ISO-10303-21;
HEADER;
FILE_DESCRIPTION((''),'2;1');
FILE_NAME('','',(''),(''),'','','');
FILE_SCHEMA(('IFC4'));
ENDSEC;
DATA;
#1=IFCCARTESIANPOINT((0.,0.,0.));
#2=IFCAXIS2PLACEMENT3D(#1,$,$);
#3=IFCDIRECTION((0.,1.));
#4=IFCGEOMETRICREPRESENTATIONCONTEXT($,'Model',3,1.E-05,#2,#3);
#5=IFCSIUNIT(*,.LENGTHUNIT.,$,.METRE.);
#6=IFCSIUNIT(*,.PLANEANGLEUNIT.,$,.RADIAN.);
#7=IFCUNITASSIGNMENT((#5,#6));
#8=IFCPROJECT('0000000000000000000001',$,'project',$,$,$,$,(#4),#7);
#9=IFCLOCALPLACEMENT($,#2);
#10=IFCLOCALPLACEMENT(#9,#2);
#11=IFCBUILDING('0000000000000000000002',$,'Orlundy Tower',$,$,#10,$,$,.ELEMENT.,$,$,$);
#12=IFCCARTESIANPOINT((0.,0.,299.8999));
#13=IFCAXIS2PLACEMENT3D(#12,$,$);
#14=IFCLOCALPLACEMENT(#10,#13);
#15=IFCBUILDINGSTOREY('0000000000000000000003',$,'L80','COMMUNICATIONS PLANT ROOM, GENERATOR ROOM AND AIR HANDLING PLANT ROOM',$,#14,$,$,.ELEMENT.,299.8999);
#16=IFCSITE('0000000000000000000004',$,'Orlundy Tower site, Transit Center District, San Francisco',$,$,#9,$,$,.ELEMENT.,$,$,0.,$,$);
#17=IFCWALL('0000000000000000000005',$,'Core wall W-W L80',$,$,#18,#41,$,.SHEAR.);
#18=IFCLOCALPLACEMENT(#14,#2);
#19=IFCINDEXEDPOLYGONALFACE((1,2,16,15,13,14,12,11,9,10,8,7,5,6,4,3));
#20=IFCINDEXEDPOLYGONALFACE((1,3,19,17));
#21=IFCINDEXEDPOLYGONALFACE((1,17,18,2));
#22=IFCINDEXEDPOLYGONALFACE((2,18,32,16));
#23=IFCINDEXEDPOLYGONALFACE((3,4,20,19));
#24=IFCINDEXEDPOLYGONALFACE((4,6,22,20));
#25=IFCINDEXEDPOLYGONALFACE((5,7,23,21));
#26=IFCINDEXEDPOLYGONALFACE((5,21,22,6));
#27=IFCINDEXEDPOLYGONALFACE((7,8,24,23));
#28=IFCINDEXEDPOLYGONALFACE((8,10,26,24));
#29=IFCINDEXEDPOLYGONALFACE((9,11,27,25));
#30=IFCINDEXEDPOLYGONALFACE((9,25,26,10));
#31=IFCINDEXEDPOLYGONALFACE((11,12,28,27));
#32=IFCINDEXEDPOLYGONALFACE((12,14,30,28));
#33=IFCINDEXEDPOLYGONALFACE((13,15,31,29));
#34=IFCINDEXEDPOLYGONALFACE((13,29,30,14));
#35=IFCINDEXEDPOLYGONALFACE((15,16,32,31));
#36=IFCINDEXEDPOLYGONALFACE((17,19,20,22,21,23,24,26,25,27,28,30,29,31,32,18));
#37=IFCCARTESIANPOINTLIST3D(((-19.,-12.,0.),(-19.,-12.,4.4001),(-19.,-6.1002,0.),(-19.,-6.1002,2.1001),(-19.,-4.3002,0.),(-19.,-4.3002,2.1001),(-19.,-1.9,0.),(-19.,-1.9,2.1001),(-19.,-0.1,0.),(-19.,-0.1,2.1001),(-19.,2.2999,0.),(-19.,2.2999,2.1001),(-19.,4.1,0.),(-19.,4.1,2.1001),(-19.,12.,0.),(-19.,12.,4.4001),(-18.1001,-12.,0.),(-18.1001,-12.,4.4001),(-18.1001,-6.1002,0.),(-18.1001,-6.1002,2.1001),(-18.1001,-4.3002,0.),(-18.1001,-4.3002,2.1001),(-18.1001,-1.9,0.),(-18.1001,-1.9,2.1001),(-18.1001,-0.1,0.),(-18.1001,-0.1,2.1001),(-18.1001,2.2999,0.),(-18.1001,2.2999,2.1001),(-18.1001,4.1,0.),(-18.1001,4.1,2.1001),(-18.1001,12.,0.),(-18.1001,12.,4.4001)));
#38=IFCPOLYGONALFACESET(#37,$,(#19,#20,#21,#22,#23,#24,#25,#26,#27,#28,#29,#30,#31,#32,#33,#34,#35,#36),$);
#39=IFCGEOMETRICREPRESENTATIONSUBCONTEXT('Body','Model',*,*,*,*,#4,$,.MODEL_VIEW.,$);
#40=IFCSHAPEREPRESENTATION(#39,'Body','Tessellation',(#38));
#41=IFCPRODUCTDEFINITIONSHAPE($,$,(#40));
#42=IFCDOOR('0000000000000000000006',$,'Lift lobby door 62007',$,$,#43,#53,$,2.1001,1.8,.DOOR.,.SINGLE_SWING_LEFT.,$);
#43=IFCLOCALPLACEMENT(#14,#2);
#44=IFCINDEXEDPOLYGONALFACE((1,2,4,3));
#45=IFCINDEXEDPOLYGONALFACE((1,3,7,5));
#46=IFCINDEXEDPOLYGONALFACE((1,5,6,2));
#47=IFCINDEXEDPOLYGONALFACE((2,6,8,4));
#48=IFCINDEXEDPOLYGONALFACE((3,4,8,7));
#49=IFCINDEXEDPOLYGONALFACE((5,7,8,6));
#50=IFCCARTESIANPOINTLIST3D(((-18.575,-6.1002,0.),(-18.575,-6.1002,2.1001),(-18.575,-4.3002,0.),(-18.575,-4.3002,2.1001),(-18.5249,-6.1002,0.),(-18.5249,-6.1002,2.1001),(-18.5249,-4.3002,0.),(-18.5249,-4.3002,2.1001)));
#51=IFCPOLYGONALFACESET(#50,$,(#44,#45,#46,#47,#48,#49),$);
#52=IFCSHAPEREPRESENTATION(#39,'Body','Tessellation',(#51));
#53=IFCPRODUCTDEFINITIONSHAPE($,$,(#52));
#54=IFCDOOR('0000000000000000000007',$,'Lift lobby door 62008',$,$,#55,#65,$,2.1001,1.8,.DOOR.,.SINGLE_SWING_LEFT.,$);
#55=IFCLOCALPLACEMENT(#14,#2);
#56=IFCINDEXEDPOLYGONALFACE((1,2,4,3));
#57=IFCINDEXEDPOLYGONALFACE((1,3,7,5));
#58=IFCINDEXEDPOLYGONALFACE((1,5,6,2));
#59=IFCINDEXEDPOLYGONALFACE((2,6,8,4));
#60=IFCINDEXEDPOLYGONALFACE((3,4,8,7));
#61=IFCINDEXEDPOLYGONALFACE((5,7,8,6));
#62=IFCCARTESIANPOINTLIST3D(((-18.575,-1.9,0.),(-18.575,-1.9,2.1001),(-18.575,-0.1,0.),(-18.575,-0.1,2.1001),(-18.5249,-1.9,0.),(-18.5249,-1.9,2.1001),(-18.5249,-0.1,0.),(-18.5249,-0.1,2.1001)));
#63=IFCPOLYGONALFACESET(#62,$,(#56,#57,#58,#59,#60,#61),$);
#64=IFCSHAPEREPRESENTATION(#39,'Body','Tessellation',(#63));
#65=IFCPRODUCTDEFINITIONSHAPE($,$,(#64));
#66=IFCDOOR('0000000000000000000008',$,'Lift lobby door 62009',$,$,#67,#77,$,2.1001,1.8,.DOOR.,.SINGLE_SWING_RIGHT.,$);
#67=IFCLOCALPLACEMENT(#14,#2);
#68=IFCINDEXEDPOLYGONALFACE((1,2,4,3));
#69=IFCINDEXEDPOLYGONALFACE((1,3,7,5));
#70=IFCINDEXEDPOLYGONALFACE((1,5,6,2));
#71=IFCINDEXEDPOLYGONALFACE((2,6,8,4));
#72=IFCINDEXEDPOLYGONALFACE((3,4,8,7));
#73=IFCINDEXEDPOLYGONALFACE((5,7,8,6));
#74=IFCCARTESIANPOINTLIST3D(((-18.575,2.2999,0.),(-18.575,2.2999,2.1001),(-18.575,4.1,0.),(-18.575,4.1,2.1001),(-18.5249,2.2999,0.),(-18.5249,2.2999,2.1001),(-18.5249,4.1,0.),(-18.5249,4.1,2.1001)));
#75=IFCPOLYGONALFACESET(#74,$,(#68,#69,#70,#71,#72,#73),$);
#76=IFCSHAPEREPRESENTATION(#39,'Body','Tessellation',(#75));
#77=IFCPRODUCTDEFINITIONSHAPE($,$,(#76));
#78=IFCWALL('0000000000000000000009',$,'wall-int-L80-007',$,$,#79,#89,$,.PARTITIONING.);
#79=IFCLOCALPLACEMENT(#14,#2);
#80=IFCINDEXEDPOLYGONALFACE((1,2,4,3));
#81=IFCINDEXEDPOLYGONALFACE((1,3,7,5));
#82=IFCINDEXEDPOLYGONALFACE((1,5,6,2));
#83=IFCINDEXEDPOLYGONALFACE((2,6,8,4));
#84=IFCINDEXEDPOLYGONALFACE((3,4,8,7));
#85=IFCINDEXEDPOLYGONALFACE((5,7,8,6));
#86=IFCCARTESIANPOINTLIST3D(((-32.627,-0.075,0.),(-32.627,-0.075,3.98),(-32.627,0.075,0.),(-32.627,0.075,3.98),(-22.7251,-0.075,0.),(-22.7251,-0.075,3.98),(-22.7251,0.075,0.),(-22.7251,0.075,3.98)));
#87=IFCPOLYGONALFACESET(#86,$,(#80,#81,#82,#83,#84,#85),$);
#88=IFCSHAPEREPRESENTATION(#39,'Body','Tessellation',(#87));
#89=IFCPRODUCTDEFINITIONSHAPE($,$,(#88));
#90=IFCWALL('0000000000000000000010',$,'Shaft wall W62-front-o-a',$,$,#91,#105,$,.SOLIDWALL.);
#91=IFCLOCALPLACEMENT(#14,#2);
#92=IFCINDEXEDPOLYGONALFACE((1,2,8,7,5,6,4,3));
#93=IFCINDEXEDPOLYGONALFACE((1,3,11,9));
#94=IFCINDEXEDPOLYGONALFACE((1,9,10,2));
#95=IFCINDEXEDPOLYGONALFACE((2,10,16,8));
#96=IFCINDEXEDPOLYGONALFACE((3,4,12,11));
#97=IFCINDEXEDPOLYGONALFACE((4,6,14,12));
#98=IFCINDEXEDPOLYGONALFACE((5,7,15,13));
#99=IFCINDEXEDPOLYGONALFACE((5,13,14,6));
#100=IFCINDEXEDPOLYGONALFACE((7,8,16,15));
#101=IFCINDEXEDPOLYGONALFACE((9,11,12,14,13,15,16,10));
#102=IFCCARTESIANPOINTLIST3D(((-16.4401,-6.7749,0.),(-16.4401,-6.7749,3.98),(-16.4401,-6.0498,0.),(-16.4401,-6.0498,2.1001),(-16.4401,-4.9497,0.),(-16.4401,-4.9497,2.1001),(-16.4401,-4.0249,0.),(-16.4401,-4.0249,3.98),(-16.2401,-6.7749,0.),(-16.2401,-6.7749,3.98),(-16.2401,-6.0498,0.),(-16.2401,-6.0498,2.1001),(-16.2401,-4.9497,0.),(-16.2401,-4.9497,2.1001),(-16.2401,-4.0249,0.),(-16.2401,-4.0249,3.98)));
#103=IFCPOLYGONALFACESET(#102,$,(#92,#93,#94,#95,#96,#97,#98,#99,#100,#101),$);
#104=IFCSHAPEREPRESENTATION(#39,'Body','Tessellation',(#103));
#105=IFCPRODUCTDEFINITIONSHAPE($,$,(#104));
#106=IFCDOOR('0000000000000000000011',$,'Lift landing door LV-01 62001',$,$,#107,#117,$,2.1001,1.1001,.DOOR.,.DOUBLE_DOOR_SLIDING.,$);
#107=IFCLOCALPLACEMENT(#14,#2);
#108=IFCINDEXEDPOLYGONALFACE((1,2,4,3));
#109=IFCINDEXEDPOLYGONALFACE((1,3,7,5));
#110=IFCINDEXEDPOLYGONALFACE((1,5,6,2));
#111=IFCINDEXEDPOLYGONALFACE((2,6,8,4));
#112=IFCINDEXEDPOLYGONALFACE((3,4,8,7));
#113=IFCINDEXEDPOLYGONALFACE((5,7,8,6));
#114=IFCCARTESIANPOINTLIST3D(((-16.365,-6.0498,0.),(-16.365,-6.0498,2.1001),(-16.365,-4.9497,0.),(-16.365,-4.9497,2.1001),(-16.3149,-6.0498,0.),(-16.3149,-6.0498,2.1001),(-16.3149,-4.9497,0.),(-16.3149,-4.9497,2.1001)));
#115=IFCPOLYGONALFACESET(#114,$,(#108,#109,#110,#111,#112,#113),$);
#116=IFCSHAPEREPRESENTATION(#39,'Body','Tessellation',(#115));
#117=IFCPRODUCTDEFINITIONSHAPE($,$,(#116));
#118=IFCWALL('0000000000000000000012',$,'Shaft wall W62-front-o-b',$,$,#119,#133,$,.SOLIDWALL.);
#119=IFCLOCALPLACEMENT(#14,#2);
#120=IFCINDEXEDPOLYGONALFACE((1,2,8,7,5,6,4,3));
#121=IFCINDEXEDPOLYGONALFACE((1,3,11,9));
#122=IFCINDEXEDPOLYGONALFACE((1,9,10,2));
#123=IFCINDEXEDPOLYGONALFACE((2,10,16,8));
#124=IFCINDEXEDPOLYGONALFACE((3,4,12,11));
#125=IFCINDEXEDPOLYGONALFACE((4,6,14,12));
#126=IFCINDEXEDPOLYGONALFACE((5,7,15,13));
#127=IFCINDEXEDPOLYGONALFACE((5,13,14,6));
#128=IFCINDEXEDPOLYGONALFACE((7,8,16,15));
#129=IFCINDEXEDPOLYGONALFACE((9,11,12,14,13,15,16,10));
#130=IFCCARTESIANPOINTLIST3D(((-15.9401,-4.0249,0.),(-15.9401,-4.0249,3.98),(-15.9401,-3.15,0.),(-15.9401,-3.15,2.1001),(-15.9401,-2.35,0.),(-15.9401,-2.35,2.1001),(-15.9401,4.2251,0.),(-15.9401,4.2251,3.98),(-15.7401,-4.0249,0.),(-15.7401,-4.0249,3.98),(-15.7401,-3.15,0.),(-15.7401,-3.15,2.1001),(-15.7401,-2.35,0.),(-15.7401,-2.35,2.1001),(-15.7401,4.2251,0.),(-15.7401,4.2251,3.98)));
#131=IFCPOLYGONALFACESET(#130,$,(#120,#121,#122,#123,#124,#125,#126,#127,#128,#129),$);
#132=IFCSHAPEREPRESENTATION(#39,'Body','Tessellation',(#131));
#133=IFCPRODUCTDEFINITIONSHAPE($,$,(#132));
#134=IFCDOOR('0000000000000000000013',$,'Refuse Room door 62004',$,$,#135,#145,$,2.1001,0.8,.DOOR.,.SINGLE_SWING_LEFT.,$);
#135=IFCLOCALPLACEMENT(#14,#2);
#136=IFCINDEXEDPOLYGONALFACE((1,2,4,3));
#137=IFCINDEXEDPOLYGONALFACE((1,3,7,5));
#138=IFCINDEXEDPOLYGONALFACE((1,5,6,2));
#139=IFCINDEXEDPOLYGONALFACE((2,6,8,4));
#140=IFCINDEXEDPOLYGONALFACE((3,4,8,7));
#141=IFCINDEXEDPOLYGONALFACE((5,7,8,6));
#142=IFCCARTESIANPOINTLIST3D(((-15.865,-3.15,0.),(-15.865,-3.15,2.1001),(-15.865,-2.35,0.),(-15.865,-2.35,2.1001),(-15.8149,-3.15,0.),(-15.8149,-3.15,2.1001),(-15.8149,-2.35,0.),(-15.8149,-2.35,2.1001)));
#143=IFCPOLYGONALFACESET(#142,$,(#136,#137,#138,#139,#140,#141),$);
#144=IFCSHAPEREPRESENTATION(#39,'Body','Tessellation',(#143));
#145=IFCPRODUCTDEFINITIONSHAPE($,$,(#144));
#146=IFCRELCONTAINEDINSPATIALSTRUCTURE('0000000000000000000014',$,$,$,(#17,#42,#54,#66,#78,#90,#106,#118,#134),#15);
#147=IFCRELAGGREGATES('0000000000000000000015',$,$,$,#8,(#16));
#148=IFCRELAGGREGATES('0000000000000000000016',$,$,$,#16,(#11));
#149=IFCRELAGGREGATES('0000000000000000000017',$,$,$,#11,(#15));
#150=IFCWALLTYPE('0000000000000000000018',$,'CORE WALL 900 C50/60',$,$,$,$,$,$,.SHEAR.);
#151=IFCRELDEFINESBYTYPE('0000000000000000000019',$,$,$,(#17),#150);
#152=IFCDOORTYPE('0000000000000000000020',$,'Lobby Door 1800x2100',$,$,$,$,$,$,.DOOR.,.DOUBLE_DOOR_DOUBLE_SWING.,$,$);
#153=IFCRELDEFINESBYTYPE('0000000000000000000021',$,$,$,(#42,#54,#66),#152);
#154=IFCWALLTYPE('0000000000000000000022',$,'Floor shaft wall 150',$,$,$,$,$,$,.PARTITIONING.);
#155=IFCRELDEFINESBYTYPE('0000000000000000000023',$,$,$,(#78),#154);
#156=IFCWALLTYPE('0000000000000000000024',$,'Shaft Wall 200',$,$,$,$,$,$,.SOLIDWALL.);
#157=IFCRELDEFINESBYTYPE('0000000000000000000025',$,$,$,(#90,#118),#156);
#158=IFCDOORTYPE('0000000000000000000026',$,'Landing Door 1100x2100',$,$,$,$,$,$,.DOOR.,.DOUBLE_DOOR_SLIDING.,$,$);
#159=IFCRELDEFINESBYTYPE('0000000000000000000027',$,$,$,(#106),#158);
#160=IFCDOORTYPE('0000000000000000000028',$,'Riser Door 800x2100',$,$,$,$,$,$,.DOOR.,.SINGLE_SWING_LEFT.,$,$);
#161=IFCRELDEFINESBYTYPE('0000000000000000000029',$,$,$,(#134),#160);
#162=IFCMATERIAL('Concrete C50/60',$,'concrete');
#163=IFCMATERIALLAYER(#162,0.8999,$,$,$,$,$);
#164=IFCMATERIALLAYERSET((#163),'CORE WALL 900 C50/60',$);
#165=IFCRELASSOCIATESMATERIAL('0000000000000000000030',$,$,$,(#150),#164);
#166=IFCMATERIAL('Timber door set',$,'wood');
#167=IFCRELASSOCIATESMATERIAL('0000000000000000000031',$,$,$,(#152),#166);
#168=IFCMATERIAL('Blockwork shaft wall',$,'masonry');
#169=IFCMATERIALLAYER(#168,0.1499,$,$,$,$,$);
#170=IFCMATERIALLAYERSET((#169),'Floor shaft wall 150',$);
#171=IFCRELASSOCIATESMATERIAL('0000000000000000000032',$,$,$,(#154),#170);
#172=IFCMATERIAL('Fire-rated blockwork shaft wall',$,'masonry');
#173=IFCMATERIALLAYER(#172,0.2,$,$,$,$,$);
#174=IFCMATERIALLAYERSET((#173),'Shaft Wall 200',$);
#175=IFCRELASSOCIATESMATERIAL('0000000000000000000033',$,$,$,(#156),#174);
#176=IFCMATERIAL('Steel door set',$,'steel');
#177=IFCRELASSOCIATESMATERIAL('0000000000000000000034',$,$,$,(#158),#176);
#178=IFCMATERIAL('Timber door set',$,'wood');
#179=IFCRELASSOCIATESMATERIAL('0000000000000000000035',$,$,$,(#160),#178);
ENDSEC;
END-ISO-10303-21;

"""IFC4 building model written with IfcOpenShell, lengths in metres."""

from ifc_helpers import new_model, si_unit, direction, frame, frame_2d, origin, place, context, subcontext, project, spatial, rectangle, extrude, material, layer, layer_set, type_object, element, fill, save


model = new_model("IFC4")

# Units and contexts
model_context = context("Model", 3, precision=1e-05, world=origin(), true_north=direction((0.0, 1.0)))
body_context = subcontext(model_context, "Body", "Model", "MODEL_VIEW")
ifc_project = project(units=[si_unit("LENGTHUNIT", "METRE"), si_unit("PLANEANGLEUNIT", "RADIAN")], contexts=[model_context])

# Site, building, storey
site_placement = place(None, origin())
site = spatial("IfcSite", under=ifc_project, at=site_placement, Name="Orlundy Tower site, Transit Center District, San Francisco", CompositionType="ELEMENT", RefElevation=0.0)
building_placement = place(site_placement, origin())
building = spatial("IfcBuilding", under=site, at=building_placement, Name="Orlundy Tower", CompositionType="ELEMENT")
storey_placement = place(building_placement, frame((0.0, 0.0, 299.8999)))
storey = spatial("IfcBuildingStorey", under=building, at=storey_placement, Name="L80", Description="COMMUNICATIONS PLANT ROOM, GENERATOR ROOM AND AIR HANDLING PLANT ROOM", CompositionType="ELEMENT", Elevation=299.8999)

# Wall, openings, doors
ifc_material_1 = material(Name="Concrete C50/60", Category="concrete")
ifc_layer_1 = layer(ifc_material_1, 0.8999)
ifc_layer_set_1 = layer_set([ifc_layer_1], Name="CORE WALL 900 C50/60")
wall_type_1 = type_object("IfcWallType", Name="CORE WALL 900 C50/60", PredefinedType="SHEAR", material=ifc_layer_set_1)
wall_1_placement = place(storey_placement, frame((-18.55, -12.0, 0.0), z_axis=(0.0, 0.0, 1.0), x_axis=(0.0, 1.0, 0.0)))
wall_1 = element("IfcWall", 1, at=wall_1_placement, inside=storey, type_object=wall_type_1, Name="Core wall W-W L80", PredefinedType="SHEAR", context=body_context, shape_type="SweptSolid", body=[
    extrude(rectangle(XDim=24.0, YDim=0.8999, at=frame_2d((12.0, 0.0))), origin(), (0.0, 0.0, 1.0), 4.4001),
])
opening_1_placement = place(wall_1_placement, frame((5.8999, 0.0, 0.0)))
opening_1 = element("IfcOpeningElement", 2, at=opening_1_placement, cuts=wall_1, PredefinedType="OPENING", context=body_context, shape_type="SweptSolid", body=[
    extrude(rectangle(XDim=1.8, YDim=2.1001, at=frame_2d((0.8999, 1.05))), frame((0.0, 0.46, 0.0), z_axis=(0.0, -1.0, 0.0), x_axis=(1.0, 0.0, 0.0)), (0.0, 0.0, 1.0), 0.9199),
])
opening_2_placement = place(wall_1_placement, frame((10.1001, 0.0, 0.0)))
opening_2 = element("IfcOpeningElement", 3, at=opening_2_placement, cuts=wall_1, PredefinedType="OPENING", context=body_context, shape_type="SweptSolid", body=[
    extrude(rectangle(XDim=1.8, YDim=2.1001, at=frame_2d((0.8999, 1.05))), frame((0.0, 0.46, 0.0), z_axis=(0.0, -1.0, 0.0), x_axis=(1.0, 0.0, 0.0)), (0.0, 0.0, 1.0), 0.9199),
])
opening_3_placement = place(wall_1_placement, frame((14.3, 0.0, 0.0)))
opening_3 = element("IfcOpeningElement", 4, at=opening_3_placement, cuts=wall_1, PredefinedType="OPENING", context=body_context, shape_type="SweptSolid", body=[
    extrude(rectangle(XDim=1.8, YDim=2.1001, at=frame_2d((0.8999, 1.05))), frame((0.0, 0.46, 0.0), z_axis=(0.0, -1.0, 0.0), x_axis=(1.0, 0.0, 0.0)), (0.0, 0.0, 1.0), 0.9199),
])
ifc_material_2 = material(Name="Timber door set", Category="wood")
door_type_1 = type_object("IfcDoorType", Name="Lobby Door 1800x2100", OperationType="DOUBLE_DOOR_DOUBLE_SWING", PredefinedType="DOOR", material=ifc_material_2)
door_1_placement = place(opening_1_placement, origin())
door_1 = element("IfcDoor", 5, at=door_1_placement, inside=storey, type_object=door_type_1, Name="Lift lobby door 62007", OperationType="SINGLE_SWING_LEFT", OverallHeight=2.1001, OverallWidth=1.8, PredefinedType="DOOR", context=body_context, shape_type="SweptSolid", body=[
    extrude(rectangle(XDim=1.8, YDim=2.1001, at=frame_2d((0.8999, 1.05))), frame((0.0, 0.0249, 0.0), z_axis=(0.0, -1.0, 0.0), x_axis=(1.0, 0.0, 0.0)), (0.0, 0.0, 1.0), 0.05),
])
fill(opening_1, door_1)
door_2_placement = place(opening_2_placement, origin())
door_2 = element("IfcDoor", 6, at=door_2_placement, inside=storey, type_object=door_type_1, Name="Lift lobby door 62008", OperationType="SINGLE_SWING_LEFT", OverallHeight=2.1001, OverallWidth=1.8, PredefinedType="DOOR", context=body_context, shape_type="SweptSolid", body=[
    extrude(rectangle(XDim=1.8, YDim=2.1001, at=frame_2d((0.8999, 1.05))), frame((0.0, 0.0249, 0.0), z_axis=(0.0, -1.0, 0.0), x_axis=(1.0, 0.0, 0.0)), (0.0, 0.0, 1.0), 0.05),
])
fill(opening_2, door_2)
door_3_placement = place(opening_3_placement, origin())
door_3 = element("IfcDoor", 7, at=door_3_placement, inside=storey, type_object=door_type_1, Name="Lift lobby door 62009", OperationType="SINGLE_SWING_RIGHT", OverallHeight=2.1001, OverallWidth=1.8, PredefinedType="DOOR", context=body_context, shape_type="SweptSolid", body=[
    extrude(rectangle(XDim=1.8, YDim=2.1001, at=frame_2d((0.8999, 1.05))), frame((0.0, 0.0249, 0.0), z_axis=(0.0, -1.0, 0.0), x_axis=(1.0, 0.0, 0.0)), (0.0, 0.0, 1.0), 0.05),
])
fill(opening_3, door_3)

# Wall
ifc_material_3 = material(Name="Blockwork shaft wall", Category="masonry")
ifc_layer_2 = layer(ifc_material_3, 0.1499)
ifc_layer_set_2 = layer_set([ifc_layer_2], Name="Floor shaft wall 150")
wall_type_2 = type_object("IfcWallType", Name="Floor shaft wall 150", PredefinedType="PARTITIONING", material=ifc_layer_set_2)
wall_2_placement = place(storey_placement, frame((-32.627, 0.0, 0.0), z_axis=(0.0, 0.0, 1.0), x_axis=(1.0, 0.0, 0.0)))
element("IfcWall", 8, at=wall_2_placement, inside=storey, type_object=wall_type_2, Name="wall-int-L80-007", PredefinedType="PARTITIONING", context=body_context, shape_type="SweptSolid", body=[
    extrude(rectangle(XDim=9.9019, YDim=0.1499, at=frame_2d((4.9509, 0.0))), origin(), (0.0, 0.0, 1.0), 3.98),
])

# Walls, openings, doors
ifc_material_4 = material(Name="Fire-rated blockwork shaft wall", Category="masonry")
ifc_layer_3 = layer(ifc_material_4, 0.2)
ifc_layer_set_3 = layer_set([ifc_layer_3], Name="Shaft Wall 200")
wall_type_3 = type_object("IfcWallType", Name="Shaft Wall 200", PredefinedType="SOLIDWALL", material=ifc_layer_set_3)
wall_3_placement = place(storey_placement, frame((-16.3401, -6.7749, 0.0), z_axis=(0.0, 0.0, 1.0), x_axis=(0.0, 1.0, 0.0)))
wall_3 = element("IfcWall", 9, at=wall_3_placement, inside=storey, type_object=wall_type_3, Name="Shaft wall W62-front-o-a", PredefinedType="SOLIDWALL", context=body_context, shape_type="SweptSolid", body=[
    extrude(rectangle(XDim=2.75, YDim=0.2, at=frame_2d((1.375, 0.0))), origin(), (0.0, 0.0, 1.0), 3.98),
])
opening_4_placement = place(wall_3_placement, frame((0.7251, 0.0, 0.0)))
opening_4 = element("IfcOpeningElement", 10, at=opening_4_placement, cuts=wall_3, PredefinedType="OPENING", context=body_context, shape_type="SweptSolid", body=[
    extrude(rectangle(XDim=1.1001, YDim=2.1001, at=frame_2d((0.55, 1.05))), frame((0.0, 0.1101, 0.0), z_axis=(0.0, -1.0, 0.0), x_axis=(1.0, 0.0, 0.0)), (0.0, 0.0, 1.0), 0.2202),
])
ifc_material_5 = material(Name="Steel door set", Category="steel")
door_type_2 = type_object("IfcDoorType", Name="Landing Door 1100x2100", OperationType="DOUBLE_DOOR_SLIDING", PredefinedType="DOOR", material=ifc_material_5)
door_4_placement = place(opening_4_placement, origin())
door_4 = element("IfcDoor", 11, at=door_4_placement, inside=storey, type_object=door_type_2, Name="Lift landing door LV-01 62001", OperationType="DOUBLE_DOOR_SLIDING", OverallHeight=2.1001, OverallWidth=1.1001, PredefinedType="DOOR", context=body_context, shape_type="SweptSolid", body=[
    extrude(rectangle(XDim=1.1001, YDim=2.1001, at=frame_2d((0.55, 1.05))), frame((0.0, 0.0249, 0.0), z_axis=(0.0, -1.0, 0.0), x_axis=(1.0, 0.0, 0.0)), (0.0, 0.0, 1.0), 0.05),
])
fill(opening_4, door_4)
wall_4_placement = place(storey_placement, frame((-15.8401, -4.0249, 0.0), z_axis=(0.0, 0.0, 1.0), x_axis=(0.0, 1.0, 0.0)))
wall_4 = element("IfcWall", 12, at=wall_4_placement, inside=storey, type_object=wall_type_3, Name="Shaft wall W62-front-o-b", PredefinedType="SOLIDWALL", context=body_context, shape_type="SweptSolid", body=[
    extrude(rectangle(XDim=8.25, YDim=0.2, at=frame_2d((4.125, 0.0))), origin(), (0.0, 0.0, 1.0), 3.98),
])
opening_5_placement = place(wall_4_placement, frame((0.875, 0.0, 0.0)))
opening_5 = element("IfcOpeningElement", 13, at=opening_5_placement, cuts=wall_4, PredefinedType="OPENING", context=body_context, shape_type="SweptSolid", body=[
    extrude(rectangle(XDim=0.8, YDim=2.1001, at=frame_2d((0.3999, 1.05))), frame((0.0, 0.1101, 0.0), z_axis=(0.0, -1.0, 0.0), x_axis=(1.0, 0.0, 0.0)), (0.0, 0.0, 1.0), 0.2202),
])
ifc_material_6 = material(Name="Timber door set", Category="wood")
door_type_3 = type_object("IfcDoorType", Name="Riser Door 800x2100", OperationType="SINGLE_SWING_LEFT", PredefinedType="DOOR", material=ifc_material_6)
door_5_placement = place(opening_5_placement, origin())
door_5 = element("IfcDoor", 14, at=door_5_placement, inside=storey, type_object=door_type_3, Name="Refuse Room door 62004", OperationType="SINGLE_SWING_LEFT", OverallHeight=2.1001, OverallWidth=0.8, PredefinedType="DOOR", context=body_context, shape_type="SweptSolid", body=[
    extrude(rectangle(XDim=0.8, YDim=2.1001, at=frame_2d((0.3999, 1.05))), frame((0.0, 0.0249, 0.0), z_axis=(0.0, -1.0, 0.0), x_axis=(1.0, 0.0, 0.0)), (0.0, 0.0, 1.0), 0.05),
])
fill(opening_5, door_5)

save(model, "model.ifc")
